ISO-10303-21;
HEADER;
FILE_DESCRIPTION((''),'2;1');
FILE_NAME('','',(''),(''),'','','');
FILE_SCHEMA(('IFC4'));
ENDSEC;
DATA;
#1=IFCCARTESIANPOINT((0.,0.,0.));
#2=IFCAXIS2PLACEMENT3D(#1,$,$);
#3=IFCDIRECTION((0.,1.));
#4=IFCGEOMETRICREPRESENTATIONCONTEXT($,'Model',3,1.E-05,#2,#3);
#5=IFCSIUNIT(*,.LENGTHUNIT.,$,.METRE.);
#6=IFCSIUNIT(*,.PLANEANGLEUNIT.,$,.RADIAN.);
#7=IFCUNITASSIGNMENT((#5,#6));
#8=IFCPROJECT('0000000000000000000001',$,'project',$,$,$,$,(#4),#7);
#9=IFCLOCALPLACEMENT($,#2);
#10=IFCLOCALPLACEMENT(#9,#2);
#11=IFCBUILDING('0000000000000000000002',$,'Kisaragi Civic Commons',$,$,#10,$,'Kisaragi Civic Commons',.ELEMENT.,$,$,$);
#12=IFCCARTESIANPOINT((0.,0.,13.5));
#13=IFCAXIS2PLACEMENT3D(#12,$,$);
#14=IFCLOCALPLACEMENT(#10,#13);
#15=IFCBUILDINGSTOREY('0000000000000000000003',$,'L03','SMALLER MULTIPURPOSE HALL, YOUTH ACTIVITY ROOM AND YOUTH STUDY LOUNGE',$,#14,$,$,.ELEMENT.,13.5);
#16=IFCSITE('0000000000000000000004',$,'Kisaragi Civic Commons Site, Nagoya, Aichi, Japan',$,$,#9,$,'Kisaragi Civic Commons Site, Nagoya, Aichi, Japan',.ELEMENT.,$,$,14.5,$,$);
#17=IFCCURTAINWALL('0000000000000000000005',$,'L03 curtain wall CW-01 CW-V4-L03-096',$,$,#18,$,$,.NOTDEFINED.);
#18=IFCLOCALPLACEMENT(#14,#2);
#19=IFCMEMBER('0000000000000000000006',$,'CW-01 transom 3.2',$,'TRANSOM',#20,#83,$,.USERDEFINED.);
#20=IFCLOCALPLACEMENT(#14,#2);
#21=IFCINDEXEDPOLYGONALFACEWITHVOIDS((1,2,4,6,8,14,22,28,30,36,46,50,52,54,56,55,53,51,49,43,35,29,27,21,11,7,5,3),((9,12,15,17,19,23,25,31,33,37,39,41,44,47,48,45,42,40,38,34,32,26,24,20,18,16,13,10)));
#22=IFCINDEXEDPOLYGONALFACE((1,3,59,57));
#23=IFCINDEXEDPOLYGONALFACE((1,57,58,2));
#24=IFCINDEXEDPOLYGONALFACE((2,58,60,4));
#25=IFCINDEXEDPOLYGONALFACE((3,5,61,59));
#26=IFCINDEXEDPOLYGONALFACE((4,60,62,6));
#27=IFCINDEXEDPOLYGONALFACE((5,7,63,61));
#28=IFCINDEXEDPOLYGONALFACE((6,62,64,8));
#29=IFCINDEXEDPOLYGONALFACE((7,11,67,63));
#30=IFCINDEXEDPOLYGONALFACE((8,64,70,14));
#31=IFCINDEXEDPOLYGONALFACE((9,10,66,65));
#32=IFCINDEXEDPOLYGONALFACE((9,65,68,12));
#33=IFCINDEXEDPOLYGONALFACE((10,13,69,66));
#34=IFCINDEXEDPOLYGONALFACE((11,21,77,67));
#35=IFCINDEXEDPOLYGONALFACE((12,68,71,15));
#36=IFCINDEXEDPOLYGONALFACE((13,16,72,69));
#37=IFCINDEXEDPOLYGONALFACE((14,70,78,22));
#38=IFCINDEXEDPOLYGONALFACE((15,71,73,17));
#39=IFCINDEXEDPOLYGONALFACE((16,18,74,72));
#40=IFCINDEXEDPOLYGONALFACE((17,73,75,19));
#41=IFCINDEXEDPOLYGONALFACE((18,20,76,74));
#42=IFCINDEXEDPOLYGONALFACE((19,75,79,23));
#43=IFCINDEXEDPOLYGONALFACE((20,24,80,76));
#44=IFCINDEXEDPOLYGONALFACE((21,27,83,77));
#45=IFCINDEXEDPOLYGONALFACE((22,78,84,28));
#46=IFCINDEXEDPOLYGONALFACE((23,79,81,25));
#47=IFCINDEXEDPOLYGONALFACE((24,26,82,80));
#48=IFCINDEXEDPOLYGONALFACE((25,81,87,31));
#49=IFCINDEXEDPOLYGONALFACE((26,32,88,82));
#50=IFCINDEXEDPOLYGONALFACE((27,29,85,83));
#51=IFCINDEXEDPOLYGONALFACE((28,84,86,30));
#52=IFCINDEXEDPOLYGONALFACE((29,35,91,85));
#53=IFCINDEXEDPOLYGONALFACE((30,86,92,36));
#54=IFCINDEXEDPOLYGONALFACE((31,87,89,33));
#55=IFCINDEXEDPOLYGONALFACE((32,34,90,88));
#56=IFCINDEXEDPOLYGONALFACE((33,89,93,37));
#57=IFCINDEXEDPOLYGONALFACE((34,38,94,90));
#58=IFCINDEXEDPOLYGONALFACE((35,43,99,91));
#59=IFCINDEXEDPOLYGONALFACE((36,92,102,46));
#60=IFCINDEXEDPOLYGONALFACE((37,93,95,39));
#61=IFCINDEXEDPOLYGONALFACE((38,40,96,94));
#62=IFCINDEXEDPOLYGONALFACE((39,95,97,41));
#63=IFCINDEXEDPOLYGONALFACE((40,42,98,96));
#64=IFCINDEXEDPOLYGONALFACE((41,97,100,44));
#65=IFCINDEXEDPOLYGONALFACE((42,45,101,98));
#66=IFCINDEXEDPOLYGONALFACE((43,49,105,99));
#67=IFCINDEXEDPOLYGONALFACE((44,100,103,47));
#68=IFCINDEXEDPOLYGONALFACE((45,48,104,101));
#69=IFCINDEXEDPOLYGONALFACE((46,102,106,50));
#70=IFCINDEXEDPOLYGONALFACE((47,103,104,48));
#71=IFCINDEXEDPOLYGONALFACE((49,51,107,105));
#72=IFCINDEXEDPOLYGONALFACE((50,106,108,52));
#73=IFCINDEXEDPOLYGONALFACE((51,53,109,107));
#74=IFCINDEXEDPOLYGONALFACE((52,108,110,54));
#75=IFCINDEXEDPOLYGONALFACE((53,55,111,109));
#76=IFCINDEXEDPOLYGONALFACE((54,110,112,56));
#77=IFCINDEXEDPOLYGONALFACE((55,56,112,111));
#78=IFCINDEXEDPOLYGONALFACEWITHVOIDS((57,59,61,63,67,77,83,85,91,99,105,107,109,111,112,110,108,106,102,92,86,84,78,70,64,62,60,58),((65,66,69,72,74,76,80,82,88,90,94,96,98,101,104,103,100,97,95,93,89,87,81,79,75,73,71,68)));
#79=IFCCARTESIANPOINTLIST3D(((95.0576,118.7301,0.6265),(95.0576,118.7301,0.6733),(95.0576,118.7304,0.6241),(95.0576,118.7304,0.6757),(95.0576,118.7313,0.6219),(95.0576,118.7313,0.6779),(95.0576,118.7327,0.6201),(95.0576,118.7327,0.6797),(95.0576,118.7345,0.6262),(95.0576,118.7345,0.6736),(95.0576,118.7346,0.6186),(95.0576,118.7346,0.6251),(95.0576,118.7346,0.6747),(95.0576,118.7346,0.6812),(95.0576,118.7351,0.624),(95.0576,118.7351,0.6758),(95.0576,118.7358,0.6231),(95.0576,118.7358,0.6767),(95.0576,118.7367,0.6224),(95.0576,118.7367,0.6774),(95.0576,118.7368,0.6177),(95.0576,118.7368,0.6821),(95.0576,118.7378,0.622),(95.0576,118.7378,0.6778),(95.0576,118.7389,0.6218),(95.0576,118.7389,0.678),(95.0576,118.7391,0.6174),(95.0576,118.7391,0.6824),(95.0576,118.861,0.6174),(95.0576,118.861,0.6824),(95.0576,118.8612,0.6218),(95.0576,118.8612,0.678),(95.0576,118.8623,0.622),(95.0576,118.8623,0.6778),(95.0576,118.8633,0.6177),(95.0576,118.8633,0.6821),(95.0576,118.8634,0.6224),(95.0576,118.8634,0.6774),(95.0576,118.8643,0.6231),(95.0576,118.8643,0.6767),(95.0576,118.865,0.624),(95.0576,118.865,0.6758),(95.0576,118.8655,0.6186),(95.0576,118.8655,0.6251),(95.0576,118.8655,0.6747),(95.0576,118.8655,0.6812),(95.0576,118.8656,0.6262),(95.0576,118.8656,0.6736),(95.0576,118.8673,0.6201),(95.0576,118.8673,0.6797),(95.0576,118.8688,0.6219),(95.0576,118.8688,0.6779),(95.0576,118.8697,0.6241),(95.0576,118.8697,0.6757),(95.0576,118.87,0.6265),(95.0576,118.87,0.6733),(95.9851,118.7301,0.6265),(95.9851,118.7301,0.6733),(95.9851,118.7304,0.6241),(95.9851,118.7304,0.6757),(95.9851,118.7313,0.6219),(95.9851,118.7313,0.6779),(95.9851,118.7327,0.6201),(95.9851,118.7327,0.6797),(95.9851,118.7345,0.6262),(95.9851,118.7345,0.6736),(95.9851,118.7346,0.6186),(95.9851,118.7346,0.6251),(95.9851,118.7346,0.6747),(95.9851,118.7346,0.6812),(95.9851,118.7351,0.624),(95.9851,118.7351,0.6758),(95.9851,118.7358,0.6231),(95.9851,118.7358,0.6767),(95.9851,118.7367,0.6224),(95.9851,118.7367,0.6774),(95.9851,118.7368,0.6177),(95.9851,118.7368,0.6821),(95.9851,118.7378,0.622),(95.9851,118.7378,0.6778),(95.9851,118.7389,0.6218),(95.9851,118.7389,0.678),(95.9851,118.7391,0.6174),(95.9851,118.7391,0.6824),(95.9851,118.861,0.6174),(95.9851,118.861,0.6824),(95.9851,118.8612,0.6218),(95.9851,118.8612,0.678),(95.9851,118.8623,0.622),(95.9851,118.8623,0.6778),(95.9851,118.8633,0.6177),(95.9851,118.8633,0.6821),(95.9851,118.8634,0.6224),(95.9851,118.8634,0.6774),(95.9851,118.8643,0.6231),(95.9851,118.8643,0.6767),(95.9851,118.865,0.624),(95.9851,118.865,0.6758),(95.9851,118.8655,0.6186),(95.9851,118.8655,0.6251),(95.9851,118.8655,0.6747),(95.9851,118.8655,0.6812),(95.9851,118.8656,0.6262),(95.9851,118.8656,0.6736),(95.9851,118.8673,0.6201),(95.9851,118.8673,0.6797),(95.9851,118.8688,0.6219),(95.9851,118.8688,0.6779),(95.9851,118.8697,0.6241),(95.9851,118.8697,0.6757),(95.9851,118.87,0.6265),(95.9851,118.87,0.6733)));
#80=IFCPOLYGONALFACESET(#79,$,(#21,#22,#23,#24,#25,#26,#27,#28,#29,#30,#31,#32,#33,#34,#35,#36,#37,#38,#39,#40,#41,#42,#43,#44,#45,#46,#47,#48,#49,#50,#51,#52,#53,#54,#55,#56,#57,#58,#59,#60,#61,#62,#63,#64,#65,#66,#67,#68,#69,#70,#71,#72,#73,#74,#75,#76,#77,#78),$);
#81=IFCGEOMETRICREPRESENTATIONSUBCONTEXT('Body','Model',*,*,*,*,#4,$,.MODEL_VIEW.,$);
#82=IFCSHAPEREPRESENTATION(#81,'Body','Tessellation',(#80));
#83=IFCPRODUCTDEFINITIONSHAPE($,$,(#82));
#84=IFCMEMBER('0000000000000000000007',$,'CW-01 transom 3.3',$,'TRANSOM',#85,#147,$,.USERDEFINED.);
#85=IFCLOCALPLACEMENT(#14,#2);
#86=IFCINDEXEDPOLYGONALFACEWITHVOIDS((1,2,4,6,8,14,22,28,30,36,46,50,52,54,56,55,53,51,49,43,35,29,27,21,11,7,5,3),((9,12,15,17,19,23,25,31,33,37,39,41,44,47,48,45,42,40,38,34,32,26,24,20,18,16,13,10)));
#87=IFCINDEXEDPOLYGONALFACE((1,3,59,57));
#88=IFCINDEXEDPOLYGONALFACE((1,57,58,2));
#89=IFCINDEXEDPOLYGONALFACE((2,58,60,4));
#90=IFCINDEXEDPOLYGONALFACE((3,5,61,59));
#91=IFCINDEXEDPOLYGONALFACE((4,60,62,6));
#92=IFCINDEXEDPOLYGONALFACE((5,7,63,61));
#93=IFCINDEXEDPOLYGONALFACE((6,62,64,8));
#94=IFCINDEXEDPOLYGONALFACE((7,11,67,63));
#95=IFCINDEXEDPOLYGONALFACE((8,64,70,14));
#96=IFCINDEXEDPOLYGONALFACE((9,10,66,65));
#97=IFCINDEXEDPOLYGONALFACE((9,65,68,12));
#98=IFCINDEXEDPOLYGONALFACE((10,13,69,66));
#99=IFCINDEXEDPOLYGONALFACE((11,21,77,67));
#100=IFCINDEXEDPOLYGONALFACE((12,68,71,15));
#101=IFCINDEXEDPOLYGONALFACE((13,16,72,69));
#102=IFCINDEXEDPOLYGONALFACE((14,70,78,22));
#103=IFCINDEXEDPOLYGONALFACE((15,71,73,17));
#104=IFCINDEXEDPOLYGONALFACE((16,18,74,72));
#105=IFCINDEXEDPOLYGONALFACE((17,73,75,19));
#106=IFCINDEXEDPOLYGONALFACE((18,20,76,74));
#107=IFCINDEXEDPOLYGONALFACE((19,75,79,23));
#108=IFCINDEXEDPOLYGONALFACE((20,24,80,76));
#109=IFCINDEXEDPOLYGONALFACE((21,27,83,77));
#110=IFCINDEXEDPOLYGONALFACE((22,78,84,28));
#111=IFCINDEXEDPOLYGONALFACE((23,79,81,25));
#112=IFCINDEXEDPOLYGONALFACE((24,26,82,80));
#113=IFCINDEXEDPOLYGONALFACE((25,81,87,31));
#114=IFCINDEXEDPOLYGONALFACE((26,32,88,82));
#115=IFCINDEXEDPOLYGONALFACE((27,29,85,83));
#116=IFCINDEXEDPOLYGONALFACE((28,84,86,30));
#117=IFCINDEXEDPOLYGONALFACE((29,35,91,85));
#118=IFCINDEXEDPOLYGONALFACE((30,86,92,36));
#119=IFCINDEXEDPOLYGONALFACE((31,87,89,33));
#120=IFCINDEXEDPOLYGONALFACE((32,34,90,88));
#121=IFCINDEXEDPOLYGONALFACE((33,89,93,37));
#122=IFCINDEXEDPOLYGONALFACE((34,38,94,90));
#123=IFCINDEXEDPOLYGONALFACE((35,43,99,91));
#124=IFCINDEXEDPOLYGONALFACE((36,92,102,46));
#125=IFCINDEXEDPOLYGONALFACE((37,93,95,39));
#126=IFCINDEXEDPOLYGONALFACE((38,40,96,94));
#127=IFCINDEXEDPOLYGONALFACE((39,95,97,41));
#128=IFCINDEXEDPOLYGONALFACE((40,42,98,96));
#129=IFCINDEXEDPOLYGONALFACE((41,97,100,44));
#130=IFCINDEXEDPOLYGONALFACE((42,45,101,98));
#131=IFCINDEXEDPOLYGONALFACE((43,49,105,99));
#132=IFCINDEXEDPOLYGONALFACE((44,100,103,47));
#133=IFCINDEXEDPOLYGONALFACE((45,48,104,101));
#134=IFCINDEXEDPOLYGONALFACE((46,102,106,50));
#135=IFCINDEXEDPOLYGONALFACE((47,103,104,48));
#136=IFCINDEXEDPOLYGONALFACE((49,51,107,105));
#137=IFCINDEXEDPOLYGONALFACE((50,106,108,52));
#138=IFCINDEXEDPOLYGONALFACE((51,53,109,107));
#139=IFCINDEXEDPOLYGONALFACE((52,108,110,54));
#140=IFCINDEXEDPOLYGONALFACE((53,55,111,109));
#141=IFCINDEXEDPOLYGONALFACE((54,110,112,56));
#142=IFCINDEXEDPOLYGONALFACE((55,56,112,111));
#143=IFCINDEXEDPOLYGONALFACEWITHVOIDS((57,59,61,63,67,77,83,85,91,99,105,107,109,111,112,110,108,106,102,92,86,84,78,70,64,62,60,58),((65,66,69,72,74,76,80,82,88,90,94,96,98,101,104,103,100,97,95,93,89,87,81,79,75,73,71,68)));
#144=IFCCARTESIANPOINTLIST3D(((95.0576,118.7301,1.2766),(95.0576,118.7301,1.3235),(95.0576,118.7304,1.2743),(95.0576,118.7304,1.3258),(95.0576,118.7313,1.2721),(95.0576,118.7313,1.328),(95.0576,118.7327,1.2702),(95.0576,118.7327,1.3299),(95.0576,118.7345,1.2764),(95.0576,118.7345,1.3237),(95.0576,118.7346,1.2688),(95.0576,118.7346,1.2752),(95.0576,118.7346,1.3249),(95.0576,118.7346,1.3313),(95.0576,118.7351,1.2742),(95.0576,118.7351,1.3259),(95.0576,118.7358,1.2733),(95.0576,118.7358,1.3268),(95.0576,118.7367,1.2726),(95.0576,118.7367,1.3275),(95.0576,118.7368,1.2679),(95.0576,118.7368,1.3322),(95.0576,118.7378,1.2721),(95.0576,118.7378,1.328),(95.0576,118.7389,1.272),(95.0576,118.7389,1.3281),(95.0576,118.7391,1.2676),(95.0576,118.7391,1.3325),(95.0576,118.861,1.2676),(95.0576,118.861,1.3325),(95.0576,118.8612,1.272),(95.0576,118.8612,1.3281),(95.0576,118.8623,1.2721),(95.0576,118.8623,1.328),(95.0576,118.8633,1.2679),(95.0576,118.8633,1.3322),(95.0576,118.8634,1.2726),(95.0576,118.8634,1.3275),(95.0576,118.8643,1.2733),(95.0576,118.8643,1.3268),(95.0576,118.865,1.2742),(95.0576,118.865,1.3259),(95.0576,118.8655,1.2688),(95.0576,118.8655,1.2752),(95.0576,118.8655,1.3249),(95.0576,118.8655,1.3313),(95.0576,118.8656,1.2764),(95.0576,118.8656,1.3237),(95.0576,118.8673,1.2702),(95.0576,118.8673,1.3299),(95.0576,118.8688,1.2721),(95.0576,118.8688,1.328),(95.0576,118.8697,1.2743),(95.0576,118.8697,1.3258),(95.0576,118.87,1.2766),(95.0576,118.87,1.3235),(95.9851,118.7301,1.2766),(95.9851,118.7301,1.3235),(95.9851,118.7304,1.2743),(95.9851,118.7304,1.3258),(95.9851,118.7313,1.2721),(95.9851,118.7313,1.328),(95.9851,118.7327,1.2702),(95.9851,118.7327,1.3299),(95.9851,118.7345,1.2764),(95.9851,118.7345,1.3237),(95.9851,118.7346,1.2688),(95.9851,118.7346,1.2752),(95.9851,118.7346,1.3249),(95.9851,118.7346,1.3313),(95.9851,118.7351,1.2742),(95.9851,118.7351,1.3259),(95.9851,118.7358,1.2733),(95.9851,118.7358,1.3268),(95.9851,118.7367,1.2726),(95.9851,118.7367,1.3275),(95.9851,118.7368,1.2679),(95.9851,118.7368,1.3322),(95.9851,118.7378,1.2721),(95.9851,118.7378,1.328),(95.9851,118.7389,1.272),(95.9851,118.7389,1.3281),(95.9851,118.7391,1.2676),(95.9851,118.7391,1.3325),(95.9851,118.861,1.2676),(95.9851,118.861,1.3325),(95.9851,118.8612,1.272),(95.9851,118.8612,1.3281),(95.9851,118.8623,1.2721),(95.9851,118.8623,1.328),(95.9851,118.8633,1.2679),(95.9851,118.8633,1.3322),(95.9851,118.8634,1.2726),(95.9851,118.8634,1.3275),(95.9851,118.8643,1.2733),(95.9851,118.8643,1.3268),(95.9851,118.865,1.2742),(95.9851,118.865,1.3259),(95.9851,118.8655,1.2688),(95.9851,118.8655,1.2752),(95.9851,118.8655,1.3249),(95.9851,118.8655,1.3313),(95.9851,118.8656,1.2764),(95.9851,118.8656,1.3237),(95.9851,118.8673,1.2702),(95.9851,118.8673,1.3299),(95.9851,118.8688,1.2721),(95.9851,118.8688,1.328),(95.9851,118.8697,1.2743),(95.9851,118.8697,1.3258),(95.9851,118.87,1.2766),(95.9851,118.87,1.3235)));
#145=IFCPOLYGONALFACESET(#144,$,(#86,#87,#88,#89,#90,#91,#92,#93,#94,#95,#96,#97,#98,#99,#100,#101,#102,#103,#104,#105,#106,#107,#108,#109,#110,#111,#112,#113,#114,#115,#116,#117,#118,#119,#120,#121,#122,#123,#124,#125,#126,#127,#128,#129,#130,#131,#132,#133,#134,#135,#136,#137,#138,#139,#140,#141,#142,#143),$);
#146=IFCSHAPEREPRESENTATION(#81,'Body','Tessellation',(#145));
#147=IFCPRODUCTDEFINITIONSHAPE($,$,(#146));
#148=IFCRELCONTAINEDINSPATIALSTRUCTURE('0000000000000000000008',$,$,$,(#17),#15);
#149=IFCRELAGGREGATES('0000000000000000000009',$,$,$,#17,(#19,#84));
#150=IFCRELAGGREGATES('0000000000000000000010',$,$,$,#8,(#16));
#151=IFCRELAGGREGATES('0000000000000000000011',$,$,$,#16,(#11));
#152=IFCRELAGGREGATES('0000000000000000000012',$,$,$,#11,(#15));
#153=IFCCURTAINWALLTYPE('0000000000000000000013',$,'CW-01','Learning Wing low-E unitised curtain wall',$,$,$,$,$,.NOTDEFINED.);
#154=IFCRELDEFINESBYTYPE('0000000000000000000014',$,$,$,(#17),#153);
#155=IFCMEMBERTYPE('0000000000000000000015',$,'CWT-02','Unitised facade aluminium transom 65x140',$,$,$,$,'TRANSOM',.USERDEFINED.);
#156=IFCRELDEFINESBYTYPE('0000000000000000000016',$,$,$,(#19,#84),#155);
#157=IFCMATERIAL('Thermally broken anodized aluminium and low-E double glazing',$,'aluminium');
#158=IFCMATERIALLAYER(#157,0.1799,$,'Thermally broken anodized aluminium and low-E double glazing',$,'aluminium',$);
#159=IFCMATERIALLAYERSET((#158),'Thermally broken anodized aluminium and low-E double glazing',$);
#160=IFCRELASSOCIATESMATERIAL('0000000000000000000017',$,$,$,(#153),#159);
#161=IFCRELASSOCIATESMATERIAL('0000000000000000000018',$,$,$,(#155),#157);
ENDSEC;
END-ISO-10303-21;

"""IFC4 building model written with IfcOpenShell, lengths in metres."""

from ifc_helpers import new_model, si_unit, direction, frame, origin, origin_2d, place, context, subcontext, project, spatial, hollow_rectangle, extrude, material, layer, layer_set, material_profile, profile_set, type_object, element, aggregate, save


model = new_model("IFC4")

# Units and contexts
model_context = context("Model", 3, precision=1e-05, world=origin(), true_north=direction((0.0, 1.0)))
body_context = subcontext(model_context, "Body", "Model", "MODEL_VIEW")
ifc_project = project(units=[si_unit("LENGTHUNIT", "METRE"), si_unit("PLANEANGLEUNIT", "RADIAN")], contexts=[model_context])

# Site, building, storey
site_placement = place(None, origin())
site = spatial("IfcSite", under=ifc_project, at=site_placement, Name="Kisaragi Civic Commons Site, Nagoya, Aichi, Japan", LongName="Kisaragi Civic Commons Site, Nagoya, Aichi, Japan", CompositionType="ELEMENT", RefElevation=14.5)
building_placement = place(site_placement, origin())
building = spatial("IfcBuilding", under=site, at=building_placement, Name="Kisaragi Civic Commons", LongName="Kisaragi Civic Commons", CompositionType="ELEMENT")
storey_placement = place(building_placement, frame((0.0, 0.0, 13.5)))
storey = spatial("IfcBuildingStorey", under=building, at=storey_placement, Name="L03", Description="SMALLER MULTIPURPOSE HALL, YOUTH ACTIVITY ROOM AND YOUTH STUDY LOUNGE", CompositionType="ELEMENT", Elevation=13.5)

# Curtain wall, members
ifc_material = material(Name="Thermally broken anodized aluminium and low-E double glazing", Category="aluminium")
ifc_layer_1 = layer(ifc_material, 0.1799, Name="Thermally broken anodized aluminium and low-E double glazing", Category="aluminium")
ifc_layer_set_1 = layer_set([ifc_layer_1], Name="Thermally broken anodized aluminium and low-E double glazing")
curtain_wall_type = type_object("IfcCurtainWallType", Name="CW-01", Description="Learning Wing low-E unitised curtain wall", PredefinedType="NOTDEFINED", material=ifc_layer_set_1)
curtain_wall_placement = place(storey_placement, origin())
curtain_wall = element("IfcCurtainWall", 1, at=curtain_wall_placement, inside=storey, type_object=curtain_wall_type, Name="L03 curtain wall CW-01 CW-V4-L03-096", PredefinedType="NOTDEFINED")
ifc_material_profile_1 = material_profile(ifc_material, hollow_rectangle(XDim=0.1399, YDim=0.0649, WallThickness=0.0044, InnerFilletRadius=0.0044, OuterFilletRadius=0.009, at=origin_2d()), Name="CWT-65x140x4.5", Category="aluminium")
ifc_profile_set_1 = profile_set([ifc_material_profile_1], Name="Thermally broken anodized aluminium and low-E double glazing")
member_type_1 = type_object("IfcMemberType", Name="CWT-02", Description="Unitised facade aluminium transom 65x140", ElementType="TRANSOM", PredefinedType="USERDEFINED", material=ifc_profile_set_1)
member_1_placement = place(storey_placement, frame((95.0576, 118.8, 0.6499), z_axis=(1.0, 0.0, 0.0), x_axis=(0.0, 1.0, 0.0)))
member_1 = element("IfcMember", 2, at=member_1_placement, type_object=member_type_1, Name="CW-01 transom 3.2", ObjectType="TRANSOM", PredefinedType="USERDEFINED", context=body_context, shape_type="SweptSolid", body=[
    extrude(hollow_rectangle(XDim=0.1399, YDim=0.0649, WallThickness=0.0044, InnerFilletRadius=0.0044, OuterFilletRadius=0.009, at=origin_2d()), origin(), (0.0, 0.0, 1.0), 0.9275),
])
member_2_placement = place(storey_placement, frame((95.0576, 118.8, 1.3), z_axis=(1.0, 0.0, 0.0), x_axis=(0.0, 1.0, 0.0)))
member_2 = element("IfcMember", 3, at=member_2_placement, type_object=member_type_1, Name="CW-01 transom 3.3", ObjectType="TRANSOM", PredefinedType="USERDEFINED", context=body_context, shape_type="SweptSolid", body=[
    extrude(hollow_rectangle(XDim=0.1399, YDim=0.0649, WallThickness=0.0044, InnerFilletRadius=0.0044, OuterFilletRadius=0.009, at=origin_2d()), origin(), (0.0, 0.0, 1.0), 0.9275),
])
aggregate(curtain_wall, [member_1, member_2])

save(model, "model.ifc")
